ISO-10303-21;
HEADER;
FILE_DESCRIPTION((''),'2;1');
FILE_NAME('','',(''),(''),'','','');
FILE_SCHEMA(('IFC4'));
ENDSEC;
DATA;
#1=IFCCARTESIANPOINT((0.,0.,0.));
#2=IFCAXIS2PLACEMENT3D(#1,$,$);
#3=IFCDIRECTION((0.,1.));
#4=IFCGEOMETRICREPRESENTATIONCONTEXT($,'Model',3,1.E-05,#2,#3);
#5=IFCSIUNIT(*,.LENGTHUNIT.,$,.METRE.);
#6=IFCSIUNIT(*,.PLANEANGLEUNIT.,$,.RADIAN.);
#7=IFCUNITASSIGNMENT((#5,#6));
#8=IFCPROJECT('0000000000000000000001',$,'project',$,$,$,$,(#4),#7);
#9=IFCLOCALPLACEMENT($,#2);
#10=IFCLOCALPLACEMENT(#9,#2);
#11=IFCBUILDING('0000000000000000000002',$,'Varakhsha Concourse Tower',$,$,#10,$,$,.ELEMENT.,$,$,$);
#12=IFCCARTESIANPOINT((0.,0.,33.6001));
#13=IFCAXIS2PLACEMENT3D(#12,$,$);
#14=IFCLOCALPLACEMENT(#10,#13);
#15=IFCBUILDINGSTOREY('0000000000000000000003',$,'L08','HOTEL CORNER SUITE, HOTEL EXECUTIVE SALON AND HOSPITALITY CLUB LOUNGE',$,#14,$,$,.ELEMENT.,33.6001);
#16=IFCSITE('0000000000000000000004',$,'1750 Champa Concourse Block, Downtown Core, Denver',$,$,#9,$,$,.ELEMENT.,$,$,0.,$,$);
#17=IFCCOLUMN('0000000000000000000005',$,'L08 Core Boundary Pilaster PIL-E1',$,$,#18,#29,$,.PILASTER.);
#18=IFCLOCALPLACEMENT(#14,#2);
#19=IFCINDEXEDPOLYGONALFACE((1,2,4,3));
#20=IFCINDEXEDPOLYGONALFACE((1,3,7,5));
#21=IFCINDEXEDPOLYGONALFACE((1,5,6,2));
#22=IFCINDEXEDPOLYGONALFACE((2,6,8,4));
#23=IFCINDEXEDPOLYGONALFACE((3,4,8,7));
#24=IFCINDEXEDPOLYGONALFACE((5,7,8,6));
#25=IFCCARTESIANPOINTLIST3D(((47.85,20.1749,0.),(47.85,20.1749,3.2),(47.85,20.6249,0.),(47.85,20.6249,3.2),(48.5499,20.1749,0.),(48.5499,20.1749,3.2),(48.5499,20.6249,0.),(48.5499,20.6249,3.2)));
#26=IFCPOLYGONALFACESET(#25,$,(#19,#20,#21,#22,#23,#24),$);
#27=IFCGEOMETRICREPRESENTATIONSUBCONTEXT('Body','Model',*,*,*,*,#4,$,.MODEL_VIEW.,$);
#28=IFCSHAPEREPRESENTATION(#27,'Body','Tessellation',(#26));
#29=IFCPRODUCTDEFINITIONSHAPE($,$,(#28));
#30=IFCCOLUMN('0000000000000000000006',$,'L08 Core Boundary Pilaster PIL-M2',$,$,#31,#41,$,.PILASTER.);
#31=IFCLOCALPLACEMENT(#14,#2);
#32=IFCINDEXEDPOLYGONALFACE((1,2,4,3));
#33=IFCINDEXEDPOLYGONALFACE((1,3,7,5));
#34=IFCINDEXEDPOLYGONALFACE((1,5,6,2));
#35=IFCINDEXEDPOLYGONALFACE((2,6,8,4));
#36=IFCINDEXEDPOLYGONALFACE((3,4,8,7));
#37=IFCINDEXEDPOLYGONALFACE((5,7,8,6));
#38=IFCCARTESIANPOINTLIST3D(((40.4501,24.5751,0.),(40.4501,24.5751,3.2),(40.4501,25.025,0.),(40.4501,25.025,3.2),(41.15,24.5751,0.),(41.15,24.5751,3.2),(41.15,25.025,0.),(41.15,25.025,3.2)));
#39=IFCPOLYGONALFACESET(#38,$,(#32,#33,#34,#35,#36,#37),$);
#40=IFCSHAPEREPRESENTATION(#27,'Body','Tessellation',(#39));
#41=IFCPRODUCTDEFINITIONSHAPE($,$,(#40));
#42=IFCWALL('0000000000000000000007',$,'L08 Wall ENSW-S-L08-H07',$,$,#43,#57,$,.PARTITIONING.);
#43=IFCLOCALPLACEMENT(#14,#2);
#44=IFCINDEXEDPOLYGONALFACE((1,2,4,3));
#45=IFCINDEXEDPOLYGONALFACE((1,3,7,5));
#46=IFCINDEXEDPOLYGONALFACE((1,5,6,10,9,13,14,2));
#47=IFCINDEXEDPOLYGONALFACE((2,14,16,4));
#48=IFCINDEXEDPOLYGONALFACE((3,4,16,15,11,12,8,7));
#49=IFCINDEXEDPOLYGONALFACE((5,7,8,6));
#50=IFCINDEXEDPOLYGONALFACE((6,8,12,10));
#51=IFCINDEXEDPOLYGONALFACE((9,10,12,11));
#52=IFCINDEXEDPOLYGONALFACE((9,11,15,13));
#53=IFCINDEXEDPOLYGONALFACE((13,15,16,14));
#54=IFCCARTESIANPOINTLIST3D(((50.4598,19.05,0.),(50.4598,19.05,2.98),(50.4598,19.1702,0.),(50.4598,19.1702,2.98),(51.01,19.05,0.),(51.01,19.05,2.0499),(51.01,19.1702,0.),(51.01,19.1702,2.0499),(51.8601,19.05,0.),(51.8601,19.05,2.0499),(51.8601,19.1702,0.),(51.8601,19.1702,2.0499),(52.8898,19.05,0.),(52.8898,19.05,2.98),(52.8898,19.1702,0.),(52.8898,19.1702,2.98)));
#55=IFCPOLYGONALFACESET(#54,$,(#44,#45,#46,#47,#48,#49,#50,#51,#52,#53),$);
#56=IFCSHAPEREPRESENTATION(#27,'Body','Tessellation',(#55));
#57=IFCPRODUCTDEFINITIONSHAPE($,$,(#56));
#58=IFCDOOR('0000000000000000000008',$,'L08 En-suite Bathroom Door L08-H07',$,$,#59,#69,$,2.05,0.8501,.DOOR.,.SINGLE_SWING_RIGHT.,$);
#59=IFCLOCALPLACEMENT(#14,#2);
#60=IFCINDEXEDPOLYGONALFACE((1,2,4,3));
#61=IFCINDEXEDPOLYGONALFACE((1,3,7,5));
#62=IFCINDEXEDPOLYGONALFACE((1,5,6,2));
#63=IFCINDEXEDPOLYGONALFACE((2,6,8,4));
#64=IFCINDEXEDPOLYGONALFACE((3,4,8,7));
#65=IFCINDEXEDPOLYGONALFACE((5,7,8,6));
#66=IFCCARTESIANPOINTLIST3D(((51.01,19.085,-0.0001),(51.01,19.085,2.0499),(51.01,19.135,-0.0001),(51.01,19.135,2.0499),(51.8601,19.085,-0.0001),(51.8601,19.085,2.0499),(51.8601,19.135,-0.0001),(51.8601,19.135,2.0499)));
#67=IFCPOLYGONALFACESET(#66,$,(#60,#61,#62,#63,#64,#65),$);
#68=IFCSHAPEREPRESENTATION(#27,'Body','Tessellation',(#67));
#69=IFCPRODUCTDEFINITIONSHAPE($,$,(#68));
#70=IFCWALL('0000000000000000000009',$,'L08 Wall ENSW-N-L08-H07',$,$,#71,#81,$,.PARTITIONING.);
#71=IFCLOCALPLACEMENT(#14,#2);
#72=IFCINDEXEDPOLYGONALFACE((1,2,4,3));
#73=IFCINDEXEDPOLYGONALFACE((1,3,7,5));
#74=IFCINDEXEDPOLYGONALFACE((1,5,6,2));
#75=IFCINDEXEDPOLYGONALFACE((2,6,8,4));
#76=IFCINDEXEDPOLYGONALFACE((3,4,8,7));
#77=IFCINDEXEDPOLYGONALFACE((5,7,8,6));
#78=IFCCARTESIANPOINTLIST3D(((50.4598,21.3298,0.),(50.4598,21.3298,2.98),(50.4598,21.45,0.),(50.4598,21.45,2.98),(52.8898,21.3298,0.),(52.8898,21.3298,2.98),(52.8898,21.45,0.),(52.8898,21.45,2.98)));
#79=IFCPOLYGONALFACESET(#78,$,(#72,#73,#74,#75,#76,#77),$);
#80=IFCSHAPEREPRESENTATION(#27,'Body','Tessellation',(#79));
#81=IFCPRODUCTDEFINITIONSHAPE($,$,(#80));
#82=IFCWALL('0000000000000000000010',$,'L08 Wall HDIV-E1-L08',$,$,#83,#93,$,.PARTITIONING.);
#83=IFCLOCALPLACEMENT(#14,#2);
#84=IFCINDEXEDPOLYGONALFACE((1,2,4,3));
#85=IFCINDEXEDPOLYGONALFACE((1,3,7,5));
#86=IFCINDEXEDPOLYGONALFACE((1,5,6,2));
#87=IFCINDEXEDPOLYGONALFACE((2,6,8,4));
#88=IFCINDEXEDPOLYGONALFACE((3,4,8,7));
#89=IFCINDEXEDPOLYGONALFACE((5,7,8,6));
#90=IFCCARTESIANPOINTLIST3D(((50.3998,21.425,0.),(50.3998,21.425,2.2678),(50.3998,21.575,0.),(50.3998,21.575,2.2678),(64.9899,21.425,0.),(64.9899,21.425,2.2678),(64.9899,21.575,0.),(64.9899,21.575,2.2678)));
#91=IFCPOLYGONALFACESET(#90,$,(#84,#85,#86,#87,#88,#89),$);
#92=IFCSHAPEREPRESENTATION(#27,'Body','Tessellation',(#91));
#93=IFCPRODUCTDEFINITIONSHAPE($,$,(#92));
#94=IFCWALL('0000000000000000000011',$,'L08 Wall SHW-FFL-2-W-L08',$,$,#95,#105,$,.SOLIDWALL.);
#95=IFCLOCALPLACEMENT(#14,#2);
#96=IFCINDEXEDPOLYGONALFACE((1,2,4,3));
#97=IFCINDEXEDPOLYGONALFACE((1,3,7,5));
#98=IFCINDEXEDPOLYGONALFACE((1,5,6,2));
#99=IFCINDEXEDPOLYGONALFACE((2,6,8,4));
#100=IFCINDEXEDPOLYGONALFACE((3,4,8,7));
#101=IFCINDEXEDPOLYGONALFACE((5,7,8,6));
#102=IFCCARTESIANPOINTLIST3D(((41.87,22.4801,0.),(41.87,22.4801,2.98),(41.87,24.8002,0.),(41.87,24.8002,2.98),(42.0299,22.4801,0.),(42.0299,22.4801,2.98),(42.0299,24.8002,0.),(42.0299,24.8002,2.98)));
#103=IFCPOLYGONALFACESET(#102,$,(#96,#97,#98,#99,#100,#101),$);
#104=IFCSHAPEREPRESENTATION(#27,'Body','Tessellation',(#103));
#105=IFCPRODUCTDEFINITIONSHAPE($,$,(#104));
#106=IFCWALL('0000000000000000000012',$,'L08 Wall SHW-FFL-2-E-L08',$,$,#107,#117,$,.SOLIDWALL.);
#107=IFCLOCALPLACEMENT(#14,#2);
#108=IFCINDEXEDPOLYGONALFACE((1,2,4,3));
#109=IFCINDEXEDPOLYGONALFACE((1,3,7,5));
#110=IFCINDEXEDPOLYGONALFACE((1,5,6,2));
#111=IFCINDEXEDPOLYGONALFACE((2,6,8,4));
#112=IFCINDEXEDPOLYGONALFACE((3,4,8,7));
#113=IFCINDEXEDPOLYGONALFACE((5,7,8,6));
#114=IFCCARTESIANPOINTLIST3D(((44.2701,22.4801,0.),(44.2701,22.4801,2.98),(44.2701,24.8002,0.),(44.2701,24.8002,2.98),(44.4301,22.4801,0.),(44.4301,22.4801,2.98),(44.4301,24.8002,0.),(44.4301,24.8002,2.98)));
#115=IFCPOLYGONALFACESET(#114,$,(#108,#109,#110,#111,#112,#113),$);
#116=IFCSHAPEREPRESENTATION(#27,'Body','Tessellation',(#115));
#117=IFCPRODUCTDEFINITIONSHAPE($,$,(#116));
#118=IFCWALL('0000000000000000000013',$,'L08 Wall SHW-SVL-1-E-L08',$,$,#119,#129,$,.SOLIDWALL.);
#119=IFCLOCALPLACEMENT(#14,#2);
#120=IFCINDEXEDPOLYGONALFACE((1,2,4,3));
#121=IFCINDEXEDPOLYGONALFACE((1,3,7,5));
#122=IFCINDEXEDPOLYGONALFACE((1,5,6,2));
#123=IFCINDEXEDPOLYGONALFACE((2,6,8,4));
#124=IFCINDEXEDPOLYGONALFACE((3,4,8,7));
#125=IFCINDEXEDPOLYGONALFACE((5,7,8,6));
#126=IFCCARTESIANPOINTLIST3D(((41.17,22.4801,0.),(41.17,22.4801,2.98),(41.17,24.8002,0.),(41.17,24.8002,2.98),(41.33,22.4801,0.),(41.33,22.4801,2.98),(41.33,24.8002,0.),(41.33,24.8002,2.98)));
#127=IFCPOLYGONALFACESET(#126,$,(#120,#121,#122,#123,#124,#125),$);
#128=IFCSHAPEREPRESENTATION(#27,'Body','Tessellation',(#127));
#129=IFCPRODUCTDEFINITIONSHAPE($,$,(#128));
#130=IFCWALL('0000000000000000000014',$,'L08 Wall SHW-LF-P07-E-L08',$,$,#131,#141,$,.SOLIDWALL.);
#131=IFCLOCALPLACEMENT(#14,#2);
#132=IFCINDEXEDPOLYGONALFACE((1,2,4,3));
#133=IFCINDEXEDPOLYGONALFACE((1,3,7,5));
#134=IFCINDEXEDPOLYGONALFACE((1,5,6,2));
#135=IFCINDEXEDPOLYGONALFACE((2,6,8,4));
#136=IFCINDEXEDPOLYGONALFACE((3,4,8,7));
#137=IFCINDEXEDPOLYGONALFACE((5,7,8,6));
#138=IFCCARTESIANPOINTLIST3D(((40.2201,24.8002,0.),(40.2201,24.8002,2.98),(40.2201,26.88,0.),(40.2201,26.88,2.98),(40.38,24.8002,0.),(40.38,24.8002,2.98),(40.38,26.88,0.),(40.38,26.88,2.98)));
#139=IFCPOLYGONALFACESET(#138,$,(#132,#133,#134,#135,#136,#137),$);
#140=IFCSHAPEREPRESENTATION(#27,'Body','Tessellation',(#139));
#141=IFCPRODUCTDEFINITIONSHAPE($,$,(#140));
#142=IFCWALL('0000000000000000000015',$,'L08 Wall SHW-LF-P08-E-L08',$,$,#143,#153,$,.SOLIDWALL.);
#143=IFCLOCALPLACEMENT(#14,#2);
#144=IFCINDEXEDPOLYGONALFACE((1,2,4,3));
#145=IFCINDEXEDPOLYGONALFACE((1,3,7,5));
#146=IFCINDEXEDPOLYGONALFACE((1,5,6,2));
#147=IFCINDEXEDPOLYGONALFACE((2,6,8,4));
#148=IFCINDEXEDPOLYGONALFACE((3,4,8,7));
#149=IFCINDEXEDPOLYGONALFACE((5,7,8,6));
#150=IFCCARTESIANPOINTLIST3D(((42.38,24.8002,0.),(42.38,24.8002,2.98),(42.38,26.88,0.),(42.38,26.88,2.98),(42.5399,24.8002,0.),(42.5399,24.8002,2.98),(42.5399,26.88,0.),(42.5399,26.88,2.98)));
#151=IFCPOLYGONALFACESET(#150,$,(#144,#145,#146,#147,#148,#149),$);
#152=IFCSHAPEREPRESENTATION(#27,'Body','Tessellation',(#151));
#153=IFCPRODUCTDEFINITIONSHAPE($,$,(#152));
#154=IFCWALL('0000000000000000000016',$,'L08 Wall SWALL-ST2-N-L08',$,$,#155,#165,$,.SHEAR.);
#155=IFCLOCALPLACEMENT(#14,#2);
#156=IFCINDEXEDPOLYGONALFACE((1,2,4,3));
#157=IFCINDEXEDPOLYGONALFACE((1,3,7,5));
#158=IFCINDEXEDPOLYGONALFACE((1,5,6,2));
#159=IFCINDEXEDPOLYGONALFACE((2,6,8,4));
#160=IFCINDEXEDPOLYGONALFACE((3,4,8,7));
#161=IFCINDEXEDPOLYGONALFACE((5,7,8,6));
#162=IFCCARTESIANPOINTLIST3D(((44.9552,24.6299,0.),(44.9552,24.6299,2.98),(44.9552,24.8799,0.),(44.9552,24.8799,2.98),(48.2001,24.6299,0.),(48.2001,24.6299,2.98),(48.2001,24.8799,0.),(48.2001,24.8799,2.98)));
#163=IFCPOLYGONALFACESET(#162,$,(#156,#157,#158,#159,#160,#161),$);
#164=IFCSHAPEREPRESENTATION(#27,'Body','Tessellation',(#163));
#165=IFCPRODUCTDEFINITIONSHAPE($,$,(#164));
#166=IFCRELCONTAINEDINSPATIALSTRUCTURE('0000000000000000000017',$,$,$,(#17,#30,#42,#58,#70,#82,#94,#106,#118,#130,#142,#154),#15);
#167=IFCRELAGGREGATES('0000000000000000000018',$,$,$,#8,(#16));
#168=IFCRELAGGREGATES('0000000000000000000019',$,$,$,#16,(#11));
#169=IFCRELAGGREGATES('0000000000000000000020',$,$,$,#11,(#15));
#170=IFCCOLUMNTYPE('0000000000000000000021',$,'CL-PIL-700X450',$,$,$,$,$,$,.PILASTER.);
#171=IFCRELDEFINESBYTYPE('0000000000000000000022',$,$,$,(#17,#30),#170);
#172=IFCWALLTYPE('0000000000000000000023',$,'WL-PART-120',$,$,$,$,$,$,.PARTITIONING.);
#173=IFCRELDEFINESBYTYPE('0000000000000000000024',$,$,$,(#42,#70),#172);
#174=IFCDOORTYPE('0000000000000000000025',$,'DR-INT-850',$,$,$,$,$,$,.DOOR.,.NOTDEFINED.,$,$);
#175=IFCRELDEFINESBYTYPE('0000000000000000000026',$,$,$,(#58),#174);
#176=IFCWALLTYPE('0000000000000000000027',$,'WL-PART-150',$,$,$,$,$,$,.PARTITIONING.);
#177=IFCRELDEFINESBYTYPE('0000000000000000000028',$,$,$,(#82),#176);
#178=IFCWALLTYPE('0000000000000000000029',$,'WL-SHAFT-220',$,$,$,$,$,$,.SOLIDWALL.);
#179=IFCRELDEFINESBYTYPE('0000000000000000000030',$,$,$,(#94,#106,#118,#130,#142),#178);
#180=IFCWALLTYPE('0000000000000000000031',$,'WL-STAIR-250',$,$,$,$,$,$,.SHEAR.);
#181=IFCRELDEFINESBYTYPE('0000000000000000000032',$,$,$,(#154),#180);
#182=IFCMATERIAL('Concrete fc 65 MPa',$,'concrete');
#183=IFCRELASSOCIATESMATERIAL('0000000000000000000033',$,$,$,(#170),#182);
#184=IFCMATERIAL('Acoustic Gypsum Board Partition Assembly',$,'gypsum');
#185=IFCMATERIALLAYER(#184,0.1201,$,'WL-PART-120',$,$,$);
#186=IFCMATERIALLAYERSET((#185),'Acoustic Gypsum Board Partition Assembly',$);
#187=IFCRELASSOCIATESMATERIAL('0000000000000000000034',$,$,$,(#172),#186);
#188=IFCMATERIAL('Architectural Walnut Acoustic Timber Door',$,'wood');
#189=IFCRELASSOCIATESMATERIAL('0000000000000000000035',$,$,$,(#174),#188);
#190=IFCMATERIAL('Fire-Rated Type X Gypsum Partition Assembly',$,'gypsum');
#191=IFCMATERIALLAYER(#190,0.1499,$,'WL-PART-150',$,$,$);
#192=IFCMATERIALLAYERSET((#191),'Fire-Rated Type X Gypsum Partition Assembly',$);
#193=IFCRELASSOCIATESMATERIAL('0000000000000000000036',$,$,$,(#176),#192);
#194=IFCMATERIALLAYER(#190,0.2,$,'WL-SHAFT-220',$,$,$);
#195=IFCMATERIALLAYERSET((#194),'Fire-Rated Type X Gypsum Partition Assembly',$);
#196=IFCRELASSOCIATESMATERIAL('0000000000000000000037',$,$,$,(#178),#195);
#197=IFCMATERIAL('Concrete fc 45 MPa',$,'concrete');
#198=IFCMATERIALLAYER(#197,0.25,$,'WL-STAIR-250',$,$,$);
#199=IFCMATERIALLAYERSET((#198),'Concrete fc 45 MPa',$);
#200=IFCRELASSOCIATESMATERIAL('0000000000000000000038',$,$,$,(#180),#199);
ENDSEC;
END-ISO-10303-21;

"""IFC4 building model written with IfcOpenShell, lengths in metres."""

from ifc_helpers import new_model, si_unit, direction, frame, frame_2d, origin, origin_2d, place, context, subcontext, project, spatial, rectangle, extrude, material, layer, layer_set, material_profile, profile_set, type_object, element, fill, save


model = new_model("IFC4")

# Units and contexts
model_context = context("Model", 3, precision=1e-05, world=origin(), true_north=direction((0.0, 1.0)))
body_context = subcontext(model_context, "Body", "Model", "MODEL_VIEW")
ifc_project = project(units=[si_unit("LENGTHUNIT", "METRE"), si_unit("PLANEANGLEUNIT", "RADIAN")], contexts=[model_context])

# Site, building, storey
site_placement = place(None, origin())
site = spatial("IfcSite", under=ifc_project, at=site_placement, Name="1750 Champa Concourse Block, Downtown Core, Denver", CompositionType="ELEMENT", RefElevation=0.0)
building_placement = place(site_placement, origin())
building = spatial("IfcBuilding", under=site, at=building_placement, Name="Varakhsha Concourse Tower", CompositionType="ELEMENT")
storey_placement = place(building_placement, frame((0.0, 0.0, 33.6001)))
storey = spatial("IfcBuildingStorey", under=building, at=storey_placement, Name="L08", Description="HOTEL CORNER SUITE, HOTEL EXECUTIVE SALON AND HOSPITALITY CLUB LOUNGE", CompositionType="ELEMENT", Elevation=33.6001)

# Columns
ifc_material_1 = material(Name="Concrete fc 65 MPa", Category="concrete")
ifc_material_profile = material_profile(ifc_material_1, rectangle(XDim=0.7, YDim=0.45, at=origin_2d()), Name="RC 700x450")
ifc_profile_set = profile_set([ifc_material_profile], Name="Concrete fc 65 MPa")
column_type = type_object("IfcColumnType", Name="CL-PIL-700X450", PredefinedType="PILASTER", material=ifc_profile_set)
for number, where, z_axis, x_axis, name in (
    (1, (48.2, 20.3999, 0.0), (0.0, 0.0, 1.0), (1.0, 0.0, 0.0), "L08 Core Boundary Pilaster PIL-E1"),
    (2, (40.8, 24.8, 0.0), (0.0, 0.0, 1.0), (1.0, 0.0, 0.0), "L08 Core Boundary Pilaster PIL-M2"),
):
    element("IfcColumn", number, at=place(storey_placement, frame(where, z_axis=z_axis, x_axis=x_axis)), inside=storey, type_object=column_type, Name=name, PredefinedType="PILASTER", context=body_context, shape_type="SweptSolid", body=[
        extrude(rectangle(XDim=0.7, YDim=0.45, at=origin_2d()), origin(), (0.0, 0.0, 1.0), 3.2),
    ])

# Wall, opening, door
ifc_material_2 = material(Name="Acoustic Gypsum Board Partition Assembly", Category="gypsum")
ifc_layer_1 = layer(ifc_material_2, 0.1201, Name="WL-PART-120")
ifc_layer_set_1 = layer_set([ifc_layer_1], Name="Acoustic Gypsum Board Partition Assembly")
wall_type_1 = type_object("IfcWallType", Name="WL-PART-120", PredefinedType="PARTITIONING", material=ifc_layer_set_1)
wall_1_placement = place(storey_placement, frame((50.46, 19.1101, 0.0), z_axis=(0.0, 0.0, 1.0), x_axis=(1.0, 0.0, 0.0)))
wall_1 = element("IfcWall", 3, at=wall_1_placement, inside=storey, type_object=wall_type_1, Name="L08 Wall ENSW-S-L08-H07", PredefinedType="PARTITIONING", context=body_context, shape_type="SweptSolid", body=[
    extrude(rectangle(XDim=2.4299, YDim=0.1201, at=frame_2d((1.2148, 0.0))), origin(), (0.0, 0.0, 1.0), 2.98),
])
opening_placement = place(wall_1_placement, frame((0.55, 0.0, 0.0)))
opening = element("IfcOpeningElement", 4, at=opening_placement, cuts=wall_1, PredefinedType="OPENING", context=body_context, shape_type="SweptSolid", body=[
    extrude(rectangle(XDim=0.8501, YDim=2.05, at=frame_2d((0.425, 1.0249))), frame((0.0, 0.0701, 0.0), z_axis=(0.0, -1.0, 0.0), x_axis=(1.0, 0.0, 0.0)), (0.0, 0.0, 1.0), 0.1401),
])
ifc_material_3 = material(Name="Architectural Walnut Acoustic Timber Door", Category="wood")
door_type = type_object("IfcDoorType", Name="DR-INT-850", OperationType="NOTDEFINED", PredefinedType="DOOR", material=ifc_material_3)
door_placement = place(opening_placement, origin())
door = element("IfcDoor", 5, at=door_placement, inside=storey, type_object=door_type, Name="L08 En-suite Bathroom Door L08-H07", OperationType="SINGLE_SWING_RIGHT", OverallHeight=2.05, OverallWidth=0.8501, PredefinedType="DOOR", context=body_context, shape_type="SweptSolid", body=[
    extrude(rectangle(XDim=0.8501, YDim=2.05, at=frame_2d((0.425, 1.0249))), frame((0.0, 0.0249, 0.0), z_axis=(0.0, -1.0, 0.0), x_axis=(1.0, 0.0, 0.0)), (0.0, 0.0, 1.0), 0.05),
])
fill(opening, door)

# Walls
wall_2_placement = place(storey_placement, frame((50.46, 21.3899, 0.0), z_axis=(0.0, 0.0, 1.0), x_axis=(1.0, 0.0, 0.0)))
element("IfcWall", 6, at=wall_2_placement, inside=storey, type_object=wall_type_1, Name="L08 Wall ENSW-N-L08-H07", PredefinedType="PARTITIONING", context=body_context, shape_type="SweptSolid", body=[
    extrude(rectangle(XDim=2.4299, YDim=0.1201, at=frame_2d((1.2148, 0.0))), origin(), (0.0, 0.0, 1.0), 2.98),
])
ifc_material_4 = material(Name="Fire-Rated Type X Gypsum Partition Assembly", Category="gypsum")
ifc_layer_2 = layer(ifc_material_4, 0.1499, Name="WL-PART-150")
ifc_layer_set_2 = layer_set([ifc_layer_2], Name="Fire-Rated Type X Gypsum Partition Assembly")
wall_type_2 = type_object("IfcWallType", Name="WL-PART-150", PredefinedType="PARTITIONING", material=ifc_layer_set_2)
wall_3_placement = place(storey_placement, frame((50.3999, 21.5, 0.0), z_axis=(0.0, 0.0, 1.0), x_axis=(1.0, 0.0, 0.0)))
element("IfcWall", 7, at=wall_3_placement, inside=storey, type_object=wall_type_2, Name="L08 Wall HDIV-E1-L08", PredefinedType="PARTITIONING", context=body_context, shape_type="SweptSolid", body=[
    extrude(rectangle(XDim=14.5901, YDim=0.1499, at=frame_2d((7.2949, 0.0))), origin(), (0.0, 0.0, 1.0), 2.2678),
])
ifc_layer_3 = layer(ifc_material_4, 0.2, Name="WL-SHAFT-220")
ifc_layer_set_3 = layer_set([ifc_layer_3], Name="Fire-Rated Type X Gypsum Partition Assembly")
wall_type_3 = type_object("IfcWallType", Name="WL-SHAFT-220", PredefinedType="SOLIDWALL", material=ifc_layer_set_3)
for number, where, z_axis, x_axis, name in (
    (8, (41.95, 22.48, 0.0), (0.0, 0.0, 1.0), (0.0, 1.0, 0.0), "L08 Wall SHW-FFL-2-W-L08"),
    (9, (44.3501, 22.48, 0.0), (0.0, 0.0, 1.0), (0.0, 1.0, 0.0), "L08 Wall SHW-FFL-2-E-L08"),
    (10, (41.25, 22.48, 0.0), (0.0, 0.0, 1.0), (0.0, 1.0, 0.0), "L08 Wall SHW-SVL-1-E-L08"),
):
    element("IfcWall", number, at=place(storey_placement, frame(where, z_axis=z_axis, x_axis=x_axis)), inside=storey, type_object=wall_type_3, Name=name, PredefinedType="SOLIDWALL", context=body_context, shape_type="SweptSolid", body=[
        extrude(rectangle(XDim=2.3201, YDim=0.1599, at=frame_2d((1.1602, 0.0))), origin(), (0.0, 0.0, 1.0), 2.98),
    ])
for number, where, z_axis, x_axis, name in (
    (11, (40.3, 24.8, 0.0), (0.0, 0.0, 1.0), (0.0, 1.0, 0.0), "L08 Wall SHW-LF-P07-E-L08"),
    (12, (42.46, 24.8, 0.0), (0.0, 0.0, 1.0), (0.0, 1.0, 0.0), "L08 Wall SHW-LF-P08-E-L08"),
):
    element("IfcWall", number, at=place(storey_placement, frame(where, z_axis=z_axis, x_axis=x_axis)), inside=storey, type_object=wall_type_3, Name=name, PredefinedType="SOLIDWALL", context=body_context, shape_type="SweptSolid", body=[
        extrude(rectangle(XDim=2.0798, YDim=0.1599, at=frame_2d((1.04, 0.0))), origin(), (0.0, 0.0, 1.0), 2.98),
    ])
ifc_material_5 = material(Name="Concrete fc 45 MPa", Category="concrete")
ifc_layer_4 = layer(ifc_material_5, 0.25, Name="WL-STAIR-250")
ifc_layer_set_4 = layer_set([ifc_layer_4], Name="Concrete fc 45 MPa")
wall_type_4 = type_object("IfcWallType", Name="WL-STAIR-250", PredefinedType="SHEAR", material=ifc_layer_set_4)
wall_4_placement = place(storey_placement, frame((44.9551, 24.7549, 0.0), z_axis=(0.0, 0.0, 1.0), x_axis=(1.0, 0.0, 0.0)))
element("IfcWall", 13, at=wall_4_placement, inside=storey, type_object=wall_type_4, Name="L08 Wall SWALL-ST2-N-L08", PredefinedType="SHEAR", context=body_context, shape_type="SweptSolid", body=[
    extrude(rectangle(XDim=3.2449, YDim=0.25, at=frame_2d((1.6226, 0.0))), origin(), (0.0, 0.0, 1.0), 2.98),
])

save(model, "model.ifc")
